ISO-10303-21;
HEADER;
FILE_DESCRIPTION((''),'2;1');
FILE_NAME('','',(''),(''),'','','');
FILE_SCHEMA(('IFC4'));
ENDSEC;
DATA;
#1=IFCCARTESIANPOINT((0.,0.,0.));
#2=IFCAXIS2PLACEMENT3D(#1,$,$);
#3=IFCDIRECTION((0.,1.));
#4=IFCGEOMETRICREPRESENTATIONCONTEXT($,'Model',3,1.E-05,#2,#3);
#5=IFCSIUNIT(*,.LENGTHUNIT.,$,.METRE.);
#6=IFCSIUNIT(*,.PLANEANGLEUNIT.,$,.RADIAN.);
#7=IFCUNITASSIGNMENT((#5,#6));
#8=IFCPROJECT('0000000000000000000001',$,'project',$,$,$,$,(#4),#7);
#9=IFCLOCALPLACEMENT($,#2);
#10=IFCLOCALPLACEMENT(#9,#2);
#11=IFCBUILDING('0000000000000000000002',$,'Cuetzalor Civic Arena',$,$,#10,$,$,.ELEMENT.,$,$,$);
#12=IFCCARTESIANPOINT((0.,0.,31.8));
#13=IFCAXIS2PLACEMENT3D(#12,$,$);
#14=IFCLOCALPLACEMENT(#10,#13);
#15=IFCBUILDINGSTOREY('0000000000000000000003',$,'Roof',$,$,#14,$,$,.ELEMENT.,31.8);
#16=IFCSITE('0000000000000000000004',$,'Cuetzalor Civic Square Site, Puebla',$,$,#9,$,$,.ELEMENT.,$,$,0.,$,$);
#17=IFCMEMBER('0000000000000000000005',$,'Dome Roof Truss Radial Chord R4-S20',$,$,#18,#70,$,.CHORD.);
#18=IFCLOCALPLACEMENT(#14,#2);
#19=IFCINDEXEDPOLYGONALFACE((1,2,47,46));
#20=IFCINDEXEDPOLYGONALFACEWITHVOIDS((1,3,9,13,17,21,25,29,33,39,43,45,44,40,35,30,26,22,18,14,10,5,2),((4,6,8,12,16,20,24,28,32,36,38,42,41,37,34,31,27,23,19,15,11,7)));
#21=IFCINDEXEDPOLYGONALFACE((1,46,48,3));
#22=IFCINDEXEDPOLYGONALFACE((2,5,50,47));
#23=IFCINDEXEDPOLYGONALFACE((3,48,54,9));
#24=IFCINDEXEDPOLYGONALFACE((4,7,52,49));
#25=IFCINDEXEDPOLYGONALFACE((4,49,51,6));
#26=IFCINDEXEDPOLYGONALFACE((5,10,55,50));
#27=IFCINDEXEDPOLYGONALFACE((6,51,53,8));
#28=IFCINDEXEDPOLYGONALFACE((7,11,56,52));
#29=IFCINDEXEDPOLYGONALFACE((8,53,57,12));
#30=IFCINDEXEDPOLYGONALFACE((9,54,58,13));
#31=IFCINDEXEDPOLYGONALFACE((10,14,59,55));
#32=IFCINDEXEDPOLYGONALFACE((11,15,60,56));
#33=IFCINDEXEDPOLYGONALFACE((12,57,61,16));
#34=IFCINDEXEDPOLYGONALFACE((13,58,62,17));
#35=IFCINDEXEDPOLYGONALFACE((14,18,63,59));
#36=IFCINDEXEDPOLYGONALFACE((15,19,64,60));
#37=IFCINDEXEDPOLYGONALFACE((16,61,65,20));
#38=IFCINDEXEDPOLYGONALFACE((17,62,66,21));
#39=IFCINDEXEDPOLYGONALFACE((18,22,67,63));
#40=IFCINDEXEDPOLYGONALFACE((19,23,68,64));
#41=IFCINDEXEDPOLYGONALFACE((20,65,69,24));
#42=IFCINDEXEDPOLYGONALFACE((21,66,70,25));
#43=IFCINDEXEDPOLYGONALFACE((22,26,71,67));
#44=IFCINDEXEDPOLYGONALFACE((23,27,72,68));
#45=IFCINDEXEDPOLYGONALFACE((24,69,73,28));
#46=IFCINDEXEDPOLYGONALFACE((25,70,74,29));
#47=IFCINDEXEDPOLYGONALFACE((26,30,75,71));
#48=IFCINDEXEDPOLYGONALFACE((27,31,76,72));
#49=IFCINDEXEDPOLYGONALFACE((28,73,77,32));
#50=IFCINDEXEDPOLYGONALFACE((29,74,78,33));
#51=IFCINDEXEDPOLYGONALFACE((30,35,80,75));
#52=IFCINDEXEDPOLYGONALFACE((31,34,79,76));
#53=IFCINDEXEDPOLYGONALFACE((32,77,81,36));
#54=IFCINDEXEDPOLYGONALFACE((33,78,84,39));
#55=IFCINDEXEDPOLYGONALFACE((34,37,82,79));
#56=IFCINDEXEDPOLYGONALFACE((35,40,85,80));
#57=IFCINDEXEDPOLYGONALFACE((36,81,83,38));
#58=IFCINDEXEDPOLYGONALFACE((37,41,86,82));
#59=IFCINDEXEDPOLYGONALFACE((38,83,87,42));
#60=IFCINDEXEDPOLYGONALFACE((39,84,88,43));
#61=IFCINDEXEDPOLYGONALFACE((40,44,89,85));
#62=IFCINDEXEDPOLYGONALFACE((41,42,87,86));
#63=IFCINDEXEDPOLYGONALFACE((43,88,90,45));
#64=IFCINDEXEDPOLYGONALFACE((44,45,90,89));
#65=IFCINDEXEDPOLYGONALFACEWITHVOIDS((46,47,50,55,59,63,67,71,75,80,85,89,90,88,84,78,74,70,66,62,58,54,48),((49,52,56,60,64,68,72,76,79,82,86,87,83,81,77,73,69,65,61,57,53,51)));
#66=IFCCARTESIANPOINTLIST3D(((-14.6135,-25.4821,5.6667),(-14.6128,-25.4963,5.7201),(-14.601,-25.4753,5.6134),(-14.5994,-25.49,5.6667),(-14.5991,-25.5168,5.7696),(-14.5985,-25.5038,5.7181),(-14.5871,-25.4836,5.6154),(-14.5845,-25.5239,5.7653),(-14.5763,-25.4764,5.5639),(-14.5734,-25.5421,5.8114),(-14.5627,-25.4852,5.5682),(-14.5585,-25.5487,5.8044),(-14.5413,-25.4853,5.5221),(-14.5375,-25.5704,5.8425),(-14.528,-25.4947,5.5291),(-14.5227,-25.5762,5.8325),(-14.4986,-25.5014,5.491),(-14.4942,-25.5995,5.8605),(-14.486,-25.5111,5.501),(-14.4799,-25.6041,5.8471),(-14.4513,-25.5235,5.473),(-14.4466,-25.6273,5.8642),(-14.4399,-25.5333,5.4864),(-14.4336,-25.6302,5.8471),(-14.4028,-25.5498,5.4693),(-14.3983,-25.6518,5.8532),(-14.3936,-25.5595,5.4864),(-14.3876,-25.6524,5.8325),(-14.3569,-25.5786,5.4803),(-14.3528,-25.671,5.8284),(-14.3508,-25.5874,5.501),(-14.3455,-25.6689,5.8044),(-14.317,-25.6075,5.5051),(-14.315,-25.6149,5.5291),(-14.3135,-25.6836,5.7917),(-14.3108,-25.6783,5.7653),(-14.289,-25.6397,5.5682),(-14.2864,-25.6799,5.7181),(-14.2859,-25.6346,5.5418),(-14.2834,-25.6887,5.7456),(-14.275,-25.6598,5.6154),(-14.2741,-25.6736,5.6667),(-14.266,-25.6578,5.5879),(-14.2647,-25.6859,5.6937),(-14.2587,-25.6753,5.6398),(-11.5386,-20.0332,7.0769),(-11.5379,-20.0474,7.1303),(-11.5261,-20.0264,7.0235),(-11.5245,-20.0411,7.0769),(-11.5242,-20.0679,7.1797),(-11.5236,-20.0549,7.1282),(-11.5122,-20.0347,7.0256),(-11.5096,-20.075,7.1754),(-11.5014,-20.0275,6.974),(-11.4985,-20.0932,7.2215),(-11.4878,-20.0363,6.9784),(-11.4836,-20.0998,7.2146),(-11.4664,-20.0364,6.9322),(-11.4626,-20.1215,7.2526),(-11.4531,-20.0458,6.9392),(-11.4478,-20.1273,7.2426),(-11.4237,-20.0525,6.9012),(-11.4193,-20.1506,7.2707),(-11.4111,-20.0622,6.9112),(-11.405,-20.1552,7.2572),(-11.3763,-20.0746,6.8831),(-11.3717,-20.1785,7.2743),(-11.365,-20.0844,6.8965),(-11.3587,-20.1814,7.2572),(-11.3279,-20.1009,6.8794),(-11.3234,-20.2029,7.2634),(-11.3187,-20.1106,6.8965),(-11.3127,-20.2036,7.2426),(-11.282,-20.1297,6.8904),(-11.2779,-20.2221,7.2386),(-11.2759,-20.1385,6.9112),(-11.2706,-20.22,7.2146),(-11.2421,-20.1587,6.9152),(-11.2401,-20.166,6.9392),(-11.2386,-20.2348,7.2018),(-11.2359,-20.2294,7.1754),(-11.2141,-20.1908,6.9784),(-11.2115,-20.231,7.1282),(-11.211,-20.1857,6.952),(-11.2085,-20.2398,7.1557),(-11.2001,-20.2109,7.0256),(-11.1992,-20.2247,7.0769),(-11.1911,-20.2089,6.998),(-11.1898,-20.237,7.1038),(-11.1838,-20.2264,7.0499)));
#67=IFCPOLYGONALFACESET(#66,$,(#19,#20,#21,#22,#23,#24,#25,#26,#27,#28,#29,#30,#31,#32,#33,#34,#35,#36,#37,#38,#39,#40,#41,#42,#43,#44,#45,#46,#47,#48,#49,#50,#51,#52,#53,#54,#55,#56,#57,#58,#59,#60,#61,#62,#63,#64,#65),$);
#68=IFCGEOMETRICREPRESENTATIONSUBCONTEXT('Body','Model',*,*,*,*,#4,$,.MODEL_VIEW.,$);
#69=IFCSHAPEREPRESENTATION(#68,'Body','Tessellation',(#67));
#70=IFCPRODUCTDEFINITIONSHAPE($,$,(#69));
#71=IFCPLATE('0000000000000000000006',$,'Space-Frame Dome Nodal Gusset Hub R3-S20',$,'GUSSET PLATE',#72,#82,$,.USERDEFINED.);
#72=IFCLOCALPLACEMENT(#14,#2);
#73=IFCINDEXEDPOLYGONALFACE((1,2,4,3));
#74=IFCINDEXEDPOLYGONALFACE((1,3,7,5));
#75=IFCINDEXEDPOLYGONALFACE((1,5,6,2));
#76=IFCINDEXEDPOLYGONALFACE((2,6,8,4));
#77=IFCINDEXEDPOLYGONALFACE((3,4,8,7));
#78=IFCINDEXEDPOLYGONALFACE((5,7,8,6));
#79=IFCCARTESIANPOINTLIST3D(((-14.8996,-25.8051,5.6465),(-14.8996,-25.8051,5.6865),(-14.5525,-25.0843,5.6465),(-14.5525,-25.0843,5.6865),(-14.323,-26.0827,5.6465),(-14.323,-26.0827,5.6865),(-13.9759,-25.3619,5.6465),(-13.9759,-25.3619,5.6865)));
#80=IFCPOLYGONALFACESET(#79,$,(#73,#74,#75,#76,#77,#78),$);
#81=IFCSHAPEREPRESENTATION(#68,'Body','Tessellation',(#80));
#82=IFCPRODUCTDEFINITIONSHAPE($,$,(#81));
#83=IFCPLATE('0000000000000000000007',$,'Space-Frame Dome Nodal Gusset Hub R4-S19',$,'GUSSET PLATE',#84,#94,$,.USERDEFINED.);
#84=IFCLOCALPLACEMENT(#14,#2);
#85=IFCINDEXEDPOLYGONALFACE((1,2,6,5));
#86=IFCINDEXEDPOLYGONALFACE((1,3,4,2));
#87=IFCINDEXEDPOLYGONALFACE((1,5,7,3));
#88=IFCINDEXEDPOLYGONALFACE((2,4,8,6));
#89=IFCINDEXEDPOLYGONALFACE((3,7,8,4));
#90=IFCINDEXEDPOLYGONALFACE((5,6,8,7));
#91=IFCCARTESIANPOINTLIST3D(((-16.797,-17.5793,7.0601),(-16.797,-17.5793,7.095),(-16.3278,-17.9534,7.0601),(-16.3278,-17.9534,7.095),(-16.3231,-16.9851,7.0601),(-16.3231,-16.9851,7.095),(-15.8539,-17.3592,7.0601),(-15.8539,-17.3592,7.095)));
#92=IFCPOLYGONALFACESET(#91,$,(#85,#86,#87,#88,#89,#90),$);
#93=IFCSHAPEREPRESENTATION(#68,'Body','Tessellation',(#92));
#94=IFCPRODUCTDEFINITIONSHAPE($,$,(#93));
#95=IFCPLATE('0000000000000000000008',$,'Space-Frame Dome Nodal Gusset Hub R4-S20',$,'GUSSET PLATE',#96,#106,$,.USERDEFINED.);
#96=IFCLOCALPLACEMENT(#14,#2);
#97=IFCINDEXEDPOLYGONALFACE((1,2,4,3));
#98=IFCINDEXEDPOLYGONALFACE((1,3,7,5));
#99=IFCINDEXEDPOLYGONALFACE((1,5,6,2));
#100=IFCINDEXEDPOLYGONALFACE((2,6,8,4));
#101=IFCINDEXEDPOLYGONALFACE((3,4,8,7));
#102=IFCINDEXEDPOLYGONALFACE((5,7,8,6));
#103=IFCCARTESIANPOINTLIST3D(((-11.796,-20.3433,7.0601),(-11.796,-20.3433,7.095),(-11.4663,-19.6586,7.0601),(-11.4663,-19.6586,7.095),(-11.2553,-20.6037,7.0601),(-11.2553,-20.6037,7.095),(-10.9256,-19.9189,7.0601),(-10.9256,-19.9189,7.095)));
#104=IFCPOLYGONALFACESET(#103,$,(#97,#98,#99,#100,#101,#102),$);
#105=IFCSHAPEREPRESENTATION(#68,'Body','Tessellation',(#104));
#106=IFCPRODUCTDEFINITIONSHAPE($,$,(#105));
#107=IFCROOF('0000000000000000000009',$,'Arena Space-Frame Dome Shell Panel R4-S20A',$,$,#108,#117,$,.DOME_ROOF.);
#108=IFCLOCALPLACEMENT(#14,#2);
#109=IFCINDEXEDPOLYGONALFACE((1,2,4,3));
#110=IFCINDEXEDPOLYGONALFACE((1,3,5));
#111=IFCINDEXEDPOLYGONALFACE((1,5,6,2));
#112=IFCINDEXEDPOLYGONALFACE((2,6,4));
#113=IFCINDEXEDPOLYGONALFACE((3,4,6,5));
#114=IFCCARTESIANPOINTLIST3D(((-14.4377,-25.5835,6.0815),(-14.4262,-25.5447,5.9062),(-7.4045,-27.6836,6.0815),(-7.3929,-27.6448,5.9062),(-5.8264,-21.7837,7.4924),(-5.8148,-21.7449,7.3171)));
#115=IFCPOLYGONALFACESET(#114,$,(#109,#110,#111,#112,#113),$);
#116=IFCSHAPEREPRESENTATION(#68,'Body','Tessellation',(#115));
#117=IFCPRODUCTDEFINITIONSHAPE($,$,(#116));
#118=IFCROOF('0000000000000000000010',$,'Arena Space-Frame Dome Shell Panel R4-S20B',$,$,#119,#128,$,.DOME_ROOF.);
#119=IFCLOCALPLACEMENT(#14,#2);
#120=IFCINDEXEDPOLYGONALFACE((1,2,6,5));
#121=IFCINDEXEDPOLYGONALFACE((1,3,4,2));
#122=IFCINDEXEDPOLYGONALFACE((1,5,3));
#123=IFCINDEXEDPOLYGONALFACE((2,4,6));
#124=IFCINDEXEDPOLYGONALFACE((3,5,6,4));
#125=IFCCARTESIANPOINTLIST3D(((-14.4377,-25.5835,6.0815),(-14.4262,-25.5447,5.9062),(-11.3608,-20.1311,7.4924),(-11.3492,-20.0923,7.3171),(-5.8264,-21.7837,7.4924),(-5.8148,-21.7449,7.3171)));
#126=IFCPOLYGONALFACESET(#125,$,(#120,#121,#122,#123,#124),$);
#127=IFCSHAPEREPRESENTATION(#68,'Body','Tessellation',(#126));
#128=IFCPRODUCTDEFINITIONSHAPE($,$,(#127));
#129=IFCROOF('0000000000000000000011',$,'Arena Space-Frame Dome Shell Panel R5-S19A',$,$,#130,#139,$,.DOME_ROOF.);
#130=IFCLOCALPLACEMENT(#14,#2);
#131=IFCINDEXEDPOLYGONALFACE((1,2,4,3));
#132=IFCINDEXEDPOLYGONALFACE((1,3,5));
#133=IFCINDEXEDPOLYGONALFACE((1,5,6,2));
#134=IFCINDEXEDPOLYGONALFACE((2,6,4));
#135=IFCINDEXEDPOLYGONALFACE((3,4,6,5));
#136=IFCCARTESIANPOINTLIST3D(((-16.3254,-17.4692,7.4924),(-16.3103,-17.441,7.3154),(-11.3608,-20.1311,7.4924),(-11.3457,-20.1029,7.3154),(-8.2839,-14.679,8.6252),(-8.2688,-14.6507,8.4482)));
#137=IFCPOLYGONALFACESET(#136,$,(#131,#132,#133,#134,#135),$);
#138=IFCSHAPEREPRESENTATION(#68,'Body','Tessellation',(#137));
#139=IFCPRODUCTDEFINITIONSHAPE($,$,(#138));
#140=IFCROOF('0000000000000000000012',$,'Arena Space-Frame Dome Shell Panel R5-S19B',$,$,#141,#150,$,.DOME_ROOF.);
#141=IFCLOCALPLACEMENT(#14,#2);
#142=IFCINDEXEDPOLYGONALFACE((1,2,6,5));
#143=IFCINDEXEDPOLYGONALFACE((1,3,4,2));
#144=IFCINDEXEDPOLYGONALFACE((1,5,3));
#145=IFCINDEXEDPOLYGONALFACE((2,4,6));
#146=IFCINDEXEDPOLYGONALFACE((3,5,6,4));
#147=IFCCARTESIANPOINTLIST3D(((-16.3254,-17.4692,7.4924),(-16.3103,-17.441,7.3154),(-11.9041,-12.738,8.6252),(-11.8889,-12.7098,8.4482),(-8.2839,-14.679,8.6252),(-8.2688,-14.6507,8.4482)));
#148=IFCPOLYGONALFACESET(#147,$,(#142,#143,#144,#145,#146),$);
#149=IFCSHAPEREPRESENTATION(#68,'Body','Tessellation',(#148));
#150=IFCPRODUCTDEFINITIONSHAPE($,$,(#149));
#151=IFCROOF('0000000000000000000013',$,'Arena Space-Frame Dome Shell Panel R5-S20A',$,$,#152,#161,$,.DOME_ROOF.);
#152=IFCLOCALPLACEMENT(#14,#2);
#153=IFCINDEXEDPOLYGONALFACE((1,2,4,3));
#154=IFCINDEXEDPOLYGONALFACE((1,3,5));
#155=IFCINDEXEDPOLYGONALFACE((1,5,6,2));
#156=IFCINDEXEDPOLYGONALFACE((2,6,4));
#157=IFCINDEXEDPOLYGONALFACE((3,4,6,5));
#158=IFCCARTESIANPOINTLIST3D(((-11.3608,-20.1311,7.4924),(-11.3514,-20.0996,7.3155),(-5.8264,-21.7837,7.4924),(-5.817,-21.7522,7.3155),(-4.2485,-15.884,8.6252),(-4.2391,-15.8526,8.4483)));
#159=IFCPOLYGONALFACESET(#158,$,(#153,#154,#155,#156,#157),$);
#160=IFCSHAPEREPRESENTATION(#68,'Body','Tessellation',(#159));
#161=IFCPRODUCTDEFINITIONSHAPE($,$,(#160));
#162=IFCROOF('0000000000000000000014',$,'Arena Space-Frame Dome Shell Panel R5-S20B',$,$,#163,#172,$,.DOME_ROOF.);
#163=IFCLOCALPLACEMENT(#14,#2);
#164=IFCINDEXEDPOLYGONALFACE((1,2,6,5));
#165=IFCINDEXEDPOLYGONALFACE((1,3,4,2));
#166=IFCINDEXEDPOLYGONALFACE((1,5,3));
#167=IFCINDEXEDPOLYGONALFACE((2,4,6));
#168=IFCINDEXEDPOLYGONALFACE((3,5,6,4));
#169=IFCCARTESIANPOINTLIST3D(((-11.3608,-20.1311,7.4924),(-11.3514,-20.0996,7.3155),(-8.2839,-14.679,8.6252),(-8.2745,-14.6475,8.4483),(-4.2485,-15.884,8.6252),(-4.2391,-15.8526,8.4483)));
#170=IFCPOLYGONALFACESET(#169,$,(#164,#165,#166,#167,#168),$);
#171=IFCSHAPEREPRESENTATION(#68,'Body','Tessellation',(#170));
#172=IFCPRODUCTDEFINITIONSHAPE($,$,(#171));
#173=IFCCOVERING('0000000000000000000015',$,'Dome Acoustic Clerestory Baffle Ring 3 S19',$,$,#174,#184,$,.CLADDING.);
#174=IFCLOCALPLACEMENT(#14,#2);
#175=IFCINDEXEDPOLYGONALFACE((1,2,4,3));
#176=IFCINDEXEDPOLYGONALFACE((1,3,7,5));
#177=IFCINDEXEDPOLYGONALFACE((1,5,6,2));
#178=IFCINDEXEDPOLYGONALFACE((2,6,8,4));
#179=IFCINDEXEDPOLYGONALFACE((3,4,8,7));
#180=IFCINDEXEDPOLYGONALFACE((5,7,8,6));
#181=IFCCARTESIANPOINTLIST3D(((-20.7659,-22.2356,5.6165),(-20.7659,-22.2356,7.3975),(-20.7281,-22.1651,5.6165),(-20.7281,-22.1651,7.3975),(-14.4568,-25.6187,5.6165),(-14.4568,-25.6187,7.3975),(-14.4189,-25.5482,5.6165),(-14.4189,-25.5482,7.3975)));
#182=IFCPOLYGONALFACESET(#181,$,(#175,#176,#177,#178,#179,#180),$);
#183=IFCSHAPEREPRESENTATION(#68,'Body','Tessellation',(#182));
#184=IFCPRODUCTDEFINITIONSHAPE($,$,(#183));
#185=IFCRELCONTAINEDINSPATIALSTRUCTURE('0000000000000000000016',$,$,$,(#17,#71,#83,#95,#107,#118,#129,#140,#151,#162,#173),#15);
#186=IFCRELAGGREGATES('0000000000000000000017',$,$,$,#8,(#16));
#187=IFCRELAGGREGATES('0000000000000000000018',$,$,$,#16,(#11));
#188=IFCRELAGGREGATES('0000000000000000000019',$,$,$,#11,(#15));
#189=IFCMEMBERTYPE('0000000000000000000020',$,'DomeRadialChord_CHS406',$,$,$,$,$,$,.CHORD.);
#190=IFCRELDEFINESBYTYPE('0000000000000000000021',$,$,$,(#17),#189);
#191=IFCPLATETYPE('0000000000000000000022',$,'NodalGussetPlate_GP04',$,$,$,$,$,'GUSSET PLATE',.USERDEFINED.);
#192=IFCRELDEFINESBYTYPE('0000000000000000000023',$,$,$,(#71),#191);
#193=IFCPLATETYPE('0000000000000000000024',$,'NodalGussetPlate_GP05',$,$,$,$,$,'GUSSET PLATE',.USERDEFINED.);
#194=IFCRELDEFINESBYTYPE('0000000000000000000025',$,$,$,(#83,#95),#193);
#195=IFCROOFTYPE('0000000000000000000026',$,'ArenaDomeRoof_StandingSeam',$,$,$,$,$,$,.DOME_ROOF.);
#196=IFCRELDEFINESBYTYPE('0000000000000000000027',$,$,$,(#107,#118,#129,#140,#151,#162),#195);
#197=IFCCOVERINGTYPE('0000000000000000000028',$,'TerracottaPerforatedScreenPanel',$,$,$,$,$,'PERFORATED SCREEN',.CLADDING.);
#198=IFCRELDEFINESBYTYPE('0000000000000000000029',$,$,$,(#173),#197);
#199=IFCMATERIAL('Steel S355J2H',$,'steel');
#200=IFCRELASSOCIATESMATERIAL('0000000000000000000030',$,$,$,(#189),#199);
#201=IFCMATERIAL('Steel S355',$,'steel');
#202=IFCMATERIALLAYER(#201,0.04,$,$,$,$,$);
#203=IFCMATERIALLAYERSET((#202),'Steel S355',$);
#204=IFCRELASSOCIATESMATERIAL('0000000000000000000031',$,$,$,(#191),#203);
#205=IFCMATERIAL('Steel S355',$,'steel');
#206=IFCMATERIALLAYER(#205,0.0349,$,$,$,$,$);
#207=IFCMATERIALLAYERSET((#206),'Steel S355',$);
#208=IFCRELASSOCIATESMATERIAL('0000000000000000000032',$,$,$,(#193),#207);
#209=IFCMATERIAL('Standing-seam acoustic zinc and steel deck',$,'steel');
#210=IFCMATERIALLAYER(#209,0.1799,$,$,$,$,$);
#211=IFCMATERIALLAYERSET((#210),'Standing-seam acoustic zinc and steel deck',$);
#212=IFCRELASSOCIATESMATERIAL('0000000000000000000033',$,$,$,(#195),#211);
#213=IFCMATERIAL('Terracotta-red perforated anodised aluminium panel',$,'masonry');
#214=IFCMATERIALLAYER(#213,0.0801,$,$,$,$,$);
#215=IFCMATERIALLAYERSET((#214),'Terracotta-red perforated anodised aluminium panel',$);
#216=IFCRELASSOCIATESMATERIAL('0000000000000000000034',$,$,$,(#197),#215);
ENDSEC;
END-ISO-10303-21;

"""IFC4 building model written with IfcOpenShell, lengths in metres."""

from ifc_helpers import new_model, si_unit, direction, frame, frame_2d, origin, origin_2d, place, context, subcontext, project, spatial, polyline, rectangle, hollow_circle, outline, extrude, material, layer, layer_set, material_profile, profile_set, type_object, element, save


model = new_model("IFC4")

# Units and contexts
model_context = context("Model", 3, precision=1e-05, world=origin(), true_north=direction((0.0, 1.0)))
body_context = subcontext(model_context, "Body", "Model", "MODEL_VIEW")
ifc_project = project(units=[si_unit("LENGTHUNIT", "METRE"), si_unit("PLANEANGLEUNIT", "RADIAN")], contexts=[model_context])

# Site, building, storey
site_placement = place(None, origin())
site = spatial("IfcSite", under=ifc_project, at=site_placement, Name="Cuetzalor Civic Square Site, Puebla", CompositionType="ELEMENT", RefElevation=0.0)
building_placement = place(site_placement, origin())
building = spatial("IfcBuilding", under=site, at=building_placement, Name="Cuetzalor Civic Arena", CompositionType="ELEMENT")
storey_placement = place(building_placement, frame((0.0, 0.0, 31.8)))
storey = spatial("IfcBuildingStorey", under=building, at=storey_placement, Name="Roof", CompositionType="ELEMENT", Elevation=31.8)

# Member
ifc_material_1 = material(Name="Steel S355J2H", Category="steel")
ifc_material_profile_1 = material_profile(ifc_material_1, hollow_circle(Radius=0.2029, WallThickness=0.0161, at=origin_2d()), Name="CHS 406x16")
ifc_profile_set_1 = profile_set([ifc_material_profile_1], Name="Steel S355J2H")
member_type_1 = type_object("IfcMemberType", Name="DomeRadialChord_CHS406", PredefinedType="CHORD", material=ifc_profile_set_1)
member_1_placement = place(storey_placement, frame((-14.4368, -25.5818, 5.6667), z_axis=(0.479437, 0.849587, 0.219867), x_axis=(-0.870898, 0.491463, 0.0)))
element("IfcMember", 1, at=member_1_placement, inside=storey, type_object=member_type_1, Name="Dome Roof Truss Radial Chord R4-S20", PredefinedType="CHORD", context=body_context, shape_type="SweptSolid", body=[
    extrude(hollow_circle(Radius=0.2029, WallThickness=0.0161, at=origin_2d()), origin(), (0.0, 0.0, 1.0), 6.4136),
])

# Plates
ifc_material_2 = material(Name="Steel S355", Category="steel")
ifc_layer_1 = layer(ifc_material_2, 0.04)
ifc_layer_set_1 = layer_set([ifc_layer_1], Name="Steel S355")
plate_type_1 = type_object("IfcPlateType", Name="NodalGussetPlate_GP04", ElementType="GUSSET PLATE", PredefinedType="USERDEFINED", material=ifc_layer_set_1)
plate_placement = place(storey_placement, frame((-14.4377, -25.5835, 5.6465), z_axis=(0.0, 0.0, 1.0), x_axis=(-0.433816, -0.901001, 0.0)))
element("IfcPlate", 2, at=plate_placement, inside=storey, type_object=plate_type_1, Name="Space-Frame Dome Nodal Gusset Hub R3-S20", ObjectType="GUSSET PLATE", PredefinedType="USERDEFINED", context=body_context, shape_type="SweptSolid", body=[
    extrude(rectangle(XDim=0.8, YDim=0.6399, at=origin_2d()), origin(), (0.0, 0.0, 1.0), 0.04),
])
ifc_material_3 = material(Name="Steel S355", Category="steel")
ifc_layer_2 = layer(ifc_material_3, 0.0349)
ifc_layer_set_2 = layer_set([ifc_layer_2], Name="Steel S355")
plate_type_2 = type_object("IfcPlateType", Name="NodalGussetPlate_GP05", ElementType="GUSSET PLATE", PredefinedType="USERDEFINED", material=ifc_layer_set_2)
for number, where, z_axis, x_axis, name in (
    (3, (-16.3254, -17.4692, 7.0601), (0.0, 0.0, 1.0), (-0.62347, -0.781847, 0.0), "Space-Frame Dome Nodal Gusset Hub R4-S19"),
    (4, (-11.3608, -20.1311, 7.0601), (0.0, 0.0, 1.0), (-0.433816, -0.901001, 0.0), "Space-Frame Dome Nodal Gusset Hub R4-S20"),
):
    element("IfcPlate", number, at=place(storey_placement, frame(where, z_axis=z_axis, x_axis=x_axis)), inside=storey, type_object=plate_type_2, Name=name, ObjectType="GUSSET PLATE", PredefinedType="USERDEFINED", context=body_context, shape_type="SweptSolid", body=[
        extrude(rectangle(XDim=0.76, YDim=0.6001, at=origin_2d()), origin(), (0.0, 0.0, 1.0), 0.0349),
    ])

# Roofs
ifc_material_4 = material(Name="Standing-seam acoustic zinc and steel deck", Category="steel")
ifc_layer_3 = layer(ifc_material_4, 0.1799)
ifc_layer_set_3 = layer_set([ifc_layer_3], Name="Standing-seam acoustic zinc and steel deck")
roof_type = type_object("IfcRoofType", Name="ArenaDomeRoof_StandingSeam", PredefinedType="DOME_ROOF", material=ifc_layer_set_3)
roof_1_placement = place(storey_placement, frame((-14.4377, -25.5835, 6.0815), z_axis=(-0.064426, -0.215763, 0.974318), x_axis=(0.958195, -0.286115, 0.0)))
element("IfcRoof", 5, at=roof_1_placement, inside=storey, type_object=roof_type, Name="Arena Space-Frame Dome Shell Panel R4-S20A", PredefinedType="DOME_ROOF", context=body_context, shape_type="SweptSolid", body=[
    extrude(outline(polyline([(0.0, 0.0), (7.3401, 0.0), (7.1642, 6.2657), (0.0, 0.0)])), origin(), (0.0, 0.0, -1.0), 0.1799),
])
roof_2_placement = place(storey_placement, frame((-14.4377, -25.5835, 6.0815), z_axis=(-0.064427, -0.215762, 0.974318), x_axis=(0.904782, 0.399241, 0.14824)))
element("IfcRoof", 6, at=roof_2_placement, inside=storey, type_object=roof_type, Name="Arena Space-Frame Dome Shell Panel R4-S20B", PredefinedType="DOME_ROOF", context=body_context, shape_type="SweptSolid", body=[
    extrude(outline(polyline([(0.0, 0.0), (9.5176, 0.0), (5.1699, 3.8025), (0.0, 0.0)])), origin(), (0.0, 0.0, -1.0), 0.1799),
])
roof_3_placement = place(storey_placement, frame((-16.3254, -17.4692, 7.4924), z_axis=(-0.084156, -0.156959, 0.984013), x_axis=(0.881313, -0.472533, 0.0)))
element("IfcRoof", 7, at=roof_3_placement, inside=storey, type_object=roof_type, Name="Arena Space-Frame Dome Shell Panel R5-S19A", PredefinedType="DOME_ROOF", context=body_context, shape_type="SweptSolid", body=[
    extrude(outline(polyline([(0.0, 0.0), (5.6332, 0.0), (5.7686, 6.3607), (0.0, 0.0)])), origin(), (0.0, 0.0, -1.0), 0.1799),
])
roof_4_placement = place(storey_placement, frame((-16.3254, -17.4692, 7.4924), z_axis=(-0.084155, -0.156962, 0.984013), x_axis=(0.936486, 0.324947, 0.131923)))
element("IfcRoof", 8, at=roof_4_placement, inside=storey, type_object=roof_type, Name="Arena Space-Frame Dome Shell Panel R5-S19B", PredefinedType="DOME_ROOF", context=body_context, shape_type="SweptSolid", body=[
    extrude(outline(polyline([(0.0, 0.0), (8.5869, 0.0), (5.8274, 3.0426), (0.0, 0.0)])), origin(), (0.0, 0.0, -1.0), 0.1799),
])
roof_5_placement = place(storey_placement, frame((-11.3608, -20.1311, 7.4924), z_axis=(-0.052204, -0.174828, 0.983214), x_axis=(0.958194, -0.286118, 0.0)))
element("IfcRoof", 9, at=roof_5_placement, inside=storey, type_object=roof_type, Name="Arena Space-Frame Dome Shell Panel R5-S20A", PredefinedType="DOME_ROOF", context=body_context, shape_type="SweptSolid", body=[
    extrude(outline(polyline([(0.0, 0.0), (5.7759, 0.0), (5.5998, 6.2087), (0.0, 0.0)])), origin(), (0.0, 0.0, -1.0), 0.1799),
])
roof_6_placement = place(storey_placement, frame((-11.3608, -20.1311, 7.4924), z_axis=(-0.052207, -0.174823, 0.983215), x_axis=(0.850656, 0.507964, 0.135488)))
element("IfcRoof", 10, at=roof_6_placement, inside=storey, type_object=roof_type, Name="Arena Space-Frame Dome Shell Panel R5-S20B", PredefinedType="DOME_ROOF", context=body_context, shape_type="SweptSolid", body=[
    extrude(outline(polyline([(0.0, 0.0), (8.361, 0.0), (5.5404, 3.1274), (0.0, 0.0)])), origin(), (0.0, 0.0, -1.0), 0.1799),
])

# Covering
ifc_material_5 = material(Name="Terracotta-red perforated anodised aluminium panel", Category="masonry")
ifc_layer_4 = layer(ifc_material_5, 0.0801)
ifc_layer_set_4 = layer_set([ifc_layer_4], Name="Terracotta-red perforated anodised aluminium panel")
covering_type = type_object("IfcCoveringType", Name="TerracottaPerforatedScreenPanel", ElementType="PERFORATED SCREEN", PredefinedType="CLADDING", material=ifc_layer_set_4)
covering_1_placement = place(storey_placement, frame((-14.4377, -25.5835, 5.6165), z_axis=(0.0, 0.0, 1.0), x_axis=(-0.881294, 0.472568, 0.0)))
element("IfcCovering", 11, at=covering_1_placement, inside=storey, type_object=covering_type, Name="Dome Acoustic Clerestory Baffle Ring 3 S19", PredefinedType="CLADDING", context=body_context, shape_type="SweptSolid", body=[
    extrude(rectangle(XDim=7.1589, YDim=0.0801, at=frame_2d((3.5796, 0.0))), origin(), (0.0, 0.0, 1.0), 1.781),
])

save(model, "model.ifc")
